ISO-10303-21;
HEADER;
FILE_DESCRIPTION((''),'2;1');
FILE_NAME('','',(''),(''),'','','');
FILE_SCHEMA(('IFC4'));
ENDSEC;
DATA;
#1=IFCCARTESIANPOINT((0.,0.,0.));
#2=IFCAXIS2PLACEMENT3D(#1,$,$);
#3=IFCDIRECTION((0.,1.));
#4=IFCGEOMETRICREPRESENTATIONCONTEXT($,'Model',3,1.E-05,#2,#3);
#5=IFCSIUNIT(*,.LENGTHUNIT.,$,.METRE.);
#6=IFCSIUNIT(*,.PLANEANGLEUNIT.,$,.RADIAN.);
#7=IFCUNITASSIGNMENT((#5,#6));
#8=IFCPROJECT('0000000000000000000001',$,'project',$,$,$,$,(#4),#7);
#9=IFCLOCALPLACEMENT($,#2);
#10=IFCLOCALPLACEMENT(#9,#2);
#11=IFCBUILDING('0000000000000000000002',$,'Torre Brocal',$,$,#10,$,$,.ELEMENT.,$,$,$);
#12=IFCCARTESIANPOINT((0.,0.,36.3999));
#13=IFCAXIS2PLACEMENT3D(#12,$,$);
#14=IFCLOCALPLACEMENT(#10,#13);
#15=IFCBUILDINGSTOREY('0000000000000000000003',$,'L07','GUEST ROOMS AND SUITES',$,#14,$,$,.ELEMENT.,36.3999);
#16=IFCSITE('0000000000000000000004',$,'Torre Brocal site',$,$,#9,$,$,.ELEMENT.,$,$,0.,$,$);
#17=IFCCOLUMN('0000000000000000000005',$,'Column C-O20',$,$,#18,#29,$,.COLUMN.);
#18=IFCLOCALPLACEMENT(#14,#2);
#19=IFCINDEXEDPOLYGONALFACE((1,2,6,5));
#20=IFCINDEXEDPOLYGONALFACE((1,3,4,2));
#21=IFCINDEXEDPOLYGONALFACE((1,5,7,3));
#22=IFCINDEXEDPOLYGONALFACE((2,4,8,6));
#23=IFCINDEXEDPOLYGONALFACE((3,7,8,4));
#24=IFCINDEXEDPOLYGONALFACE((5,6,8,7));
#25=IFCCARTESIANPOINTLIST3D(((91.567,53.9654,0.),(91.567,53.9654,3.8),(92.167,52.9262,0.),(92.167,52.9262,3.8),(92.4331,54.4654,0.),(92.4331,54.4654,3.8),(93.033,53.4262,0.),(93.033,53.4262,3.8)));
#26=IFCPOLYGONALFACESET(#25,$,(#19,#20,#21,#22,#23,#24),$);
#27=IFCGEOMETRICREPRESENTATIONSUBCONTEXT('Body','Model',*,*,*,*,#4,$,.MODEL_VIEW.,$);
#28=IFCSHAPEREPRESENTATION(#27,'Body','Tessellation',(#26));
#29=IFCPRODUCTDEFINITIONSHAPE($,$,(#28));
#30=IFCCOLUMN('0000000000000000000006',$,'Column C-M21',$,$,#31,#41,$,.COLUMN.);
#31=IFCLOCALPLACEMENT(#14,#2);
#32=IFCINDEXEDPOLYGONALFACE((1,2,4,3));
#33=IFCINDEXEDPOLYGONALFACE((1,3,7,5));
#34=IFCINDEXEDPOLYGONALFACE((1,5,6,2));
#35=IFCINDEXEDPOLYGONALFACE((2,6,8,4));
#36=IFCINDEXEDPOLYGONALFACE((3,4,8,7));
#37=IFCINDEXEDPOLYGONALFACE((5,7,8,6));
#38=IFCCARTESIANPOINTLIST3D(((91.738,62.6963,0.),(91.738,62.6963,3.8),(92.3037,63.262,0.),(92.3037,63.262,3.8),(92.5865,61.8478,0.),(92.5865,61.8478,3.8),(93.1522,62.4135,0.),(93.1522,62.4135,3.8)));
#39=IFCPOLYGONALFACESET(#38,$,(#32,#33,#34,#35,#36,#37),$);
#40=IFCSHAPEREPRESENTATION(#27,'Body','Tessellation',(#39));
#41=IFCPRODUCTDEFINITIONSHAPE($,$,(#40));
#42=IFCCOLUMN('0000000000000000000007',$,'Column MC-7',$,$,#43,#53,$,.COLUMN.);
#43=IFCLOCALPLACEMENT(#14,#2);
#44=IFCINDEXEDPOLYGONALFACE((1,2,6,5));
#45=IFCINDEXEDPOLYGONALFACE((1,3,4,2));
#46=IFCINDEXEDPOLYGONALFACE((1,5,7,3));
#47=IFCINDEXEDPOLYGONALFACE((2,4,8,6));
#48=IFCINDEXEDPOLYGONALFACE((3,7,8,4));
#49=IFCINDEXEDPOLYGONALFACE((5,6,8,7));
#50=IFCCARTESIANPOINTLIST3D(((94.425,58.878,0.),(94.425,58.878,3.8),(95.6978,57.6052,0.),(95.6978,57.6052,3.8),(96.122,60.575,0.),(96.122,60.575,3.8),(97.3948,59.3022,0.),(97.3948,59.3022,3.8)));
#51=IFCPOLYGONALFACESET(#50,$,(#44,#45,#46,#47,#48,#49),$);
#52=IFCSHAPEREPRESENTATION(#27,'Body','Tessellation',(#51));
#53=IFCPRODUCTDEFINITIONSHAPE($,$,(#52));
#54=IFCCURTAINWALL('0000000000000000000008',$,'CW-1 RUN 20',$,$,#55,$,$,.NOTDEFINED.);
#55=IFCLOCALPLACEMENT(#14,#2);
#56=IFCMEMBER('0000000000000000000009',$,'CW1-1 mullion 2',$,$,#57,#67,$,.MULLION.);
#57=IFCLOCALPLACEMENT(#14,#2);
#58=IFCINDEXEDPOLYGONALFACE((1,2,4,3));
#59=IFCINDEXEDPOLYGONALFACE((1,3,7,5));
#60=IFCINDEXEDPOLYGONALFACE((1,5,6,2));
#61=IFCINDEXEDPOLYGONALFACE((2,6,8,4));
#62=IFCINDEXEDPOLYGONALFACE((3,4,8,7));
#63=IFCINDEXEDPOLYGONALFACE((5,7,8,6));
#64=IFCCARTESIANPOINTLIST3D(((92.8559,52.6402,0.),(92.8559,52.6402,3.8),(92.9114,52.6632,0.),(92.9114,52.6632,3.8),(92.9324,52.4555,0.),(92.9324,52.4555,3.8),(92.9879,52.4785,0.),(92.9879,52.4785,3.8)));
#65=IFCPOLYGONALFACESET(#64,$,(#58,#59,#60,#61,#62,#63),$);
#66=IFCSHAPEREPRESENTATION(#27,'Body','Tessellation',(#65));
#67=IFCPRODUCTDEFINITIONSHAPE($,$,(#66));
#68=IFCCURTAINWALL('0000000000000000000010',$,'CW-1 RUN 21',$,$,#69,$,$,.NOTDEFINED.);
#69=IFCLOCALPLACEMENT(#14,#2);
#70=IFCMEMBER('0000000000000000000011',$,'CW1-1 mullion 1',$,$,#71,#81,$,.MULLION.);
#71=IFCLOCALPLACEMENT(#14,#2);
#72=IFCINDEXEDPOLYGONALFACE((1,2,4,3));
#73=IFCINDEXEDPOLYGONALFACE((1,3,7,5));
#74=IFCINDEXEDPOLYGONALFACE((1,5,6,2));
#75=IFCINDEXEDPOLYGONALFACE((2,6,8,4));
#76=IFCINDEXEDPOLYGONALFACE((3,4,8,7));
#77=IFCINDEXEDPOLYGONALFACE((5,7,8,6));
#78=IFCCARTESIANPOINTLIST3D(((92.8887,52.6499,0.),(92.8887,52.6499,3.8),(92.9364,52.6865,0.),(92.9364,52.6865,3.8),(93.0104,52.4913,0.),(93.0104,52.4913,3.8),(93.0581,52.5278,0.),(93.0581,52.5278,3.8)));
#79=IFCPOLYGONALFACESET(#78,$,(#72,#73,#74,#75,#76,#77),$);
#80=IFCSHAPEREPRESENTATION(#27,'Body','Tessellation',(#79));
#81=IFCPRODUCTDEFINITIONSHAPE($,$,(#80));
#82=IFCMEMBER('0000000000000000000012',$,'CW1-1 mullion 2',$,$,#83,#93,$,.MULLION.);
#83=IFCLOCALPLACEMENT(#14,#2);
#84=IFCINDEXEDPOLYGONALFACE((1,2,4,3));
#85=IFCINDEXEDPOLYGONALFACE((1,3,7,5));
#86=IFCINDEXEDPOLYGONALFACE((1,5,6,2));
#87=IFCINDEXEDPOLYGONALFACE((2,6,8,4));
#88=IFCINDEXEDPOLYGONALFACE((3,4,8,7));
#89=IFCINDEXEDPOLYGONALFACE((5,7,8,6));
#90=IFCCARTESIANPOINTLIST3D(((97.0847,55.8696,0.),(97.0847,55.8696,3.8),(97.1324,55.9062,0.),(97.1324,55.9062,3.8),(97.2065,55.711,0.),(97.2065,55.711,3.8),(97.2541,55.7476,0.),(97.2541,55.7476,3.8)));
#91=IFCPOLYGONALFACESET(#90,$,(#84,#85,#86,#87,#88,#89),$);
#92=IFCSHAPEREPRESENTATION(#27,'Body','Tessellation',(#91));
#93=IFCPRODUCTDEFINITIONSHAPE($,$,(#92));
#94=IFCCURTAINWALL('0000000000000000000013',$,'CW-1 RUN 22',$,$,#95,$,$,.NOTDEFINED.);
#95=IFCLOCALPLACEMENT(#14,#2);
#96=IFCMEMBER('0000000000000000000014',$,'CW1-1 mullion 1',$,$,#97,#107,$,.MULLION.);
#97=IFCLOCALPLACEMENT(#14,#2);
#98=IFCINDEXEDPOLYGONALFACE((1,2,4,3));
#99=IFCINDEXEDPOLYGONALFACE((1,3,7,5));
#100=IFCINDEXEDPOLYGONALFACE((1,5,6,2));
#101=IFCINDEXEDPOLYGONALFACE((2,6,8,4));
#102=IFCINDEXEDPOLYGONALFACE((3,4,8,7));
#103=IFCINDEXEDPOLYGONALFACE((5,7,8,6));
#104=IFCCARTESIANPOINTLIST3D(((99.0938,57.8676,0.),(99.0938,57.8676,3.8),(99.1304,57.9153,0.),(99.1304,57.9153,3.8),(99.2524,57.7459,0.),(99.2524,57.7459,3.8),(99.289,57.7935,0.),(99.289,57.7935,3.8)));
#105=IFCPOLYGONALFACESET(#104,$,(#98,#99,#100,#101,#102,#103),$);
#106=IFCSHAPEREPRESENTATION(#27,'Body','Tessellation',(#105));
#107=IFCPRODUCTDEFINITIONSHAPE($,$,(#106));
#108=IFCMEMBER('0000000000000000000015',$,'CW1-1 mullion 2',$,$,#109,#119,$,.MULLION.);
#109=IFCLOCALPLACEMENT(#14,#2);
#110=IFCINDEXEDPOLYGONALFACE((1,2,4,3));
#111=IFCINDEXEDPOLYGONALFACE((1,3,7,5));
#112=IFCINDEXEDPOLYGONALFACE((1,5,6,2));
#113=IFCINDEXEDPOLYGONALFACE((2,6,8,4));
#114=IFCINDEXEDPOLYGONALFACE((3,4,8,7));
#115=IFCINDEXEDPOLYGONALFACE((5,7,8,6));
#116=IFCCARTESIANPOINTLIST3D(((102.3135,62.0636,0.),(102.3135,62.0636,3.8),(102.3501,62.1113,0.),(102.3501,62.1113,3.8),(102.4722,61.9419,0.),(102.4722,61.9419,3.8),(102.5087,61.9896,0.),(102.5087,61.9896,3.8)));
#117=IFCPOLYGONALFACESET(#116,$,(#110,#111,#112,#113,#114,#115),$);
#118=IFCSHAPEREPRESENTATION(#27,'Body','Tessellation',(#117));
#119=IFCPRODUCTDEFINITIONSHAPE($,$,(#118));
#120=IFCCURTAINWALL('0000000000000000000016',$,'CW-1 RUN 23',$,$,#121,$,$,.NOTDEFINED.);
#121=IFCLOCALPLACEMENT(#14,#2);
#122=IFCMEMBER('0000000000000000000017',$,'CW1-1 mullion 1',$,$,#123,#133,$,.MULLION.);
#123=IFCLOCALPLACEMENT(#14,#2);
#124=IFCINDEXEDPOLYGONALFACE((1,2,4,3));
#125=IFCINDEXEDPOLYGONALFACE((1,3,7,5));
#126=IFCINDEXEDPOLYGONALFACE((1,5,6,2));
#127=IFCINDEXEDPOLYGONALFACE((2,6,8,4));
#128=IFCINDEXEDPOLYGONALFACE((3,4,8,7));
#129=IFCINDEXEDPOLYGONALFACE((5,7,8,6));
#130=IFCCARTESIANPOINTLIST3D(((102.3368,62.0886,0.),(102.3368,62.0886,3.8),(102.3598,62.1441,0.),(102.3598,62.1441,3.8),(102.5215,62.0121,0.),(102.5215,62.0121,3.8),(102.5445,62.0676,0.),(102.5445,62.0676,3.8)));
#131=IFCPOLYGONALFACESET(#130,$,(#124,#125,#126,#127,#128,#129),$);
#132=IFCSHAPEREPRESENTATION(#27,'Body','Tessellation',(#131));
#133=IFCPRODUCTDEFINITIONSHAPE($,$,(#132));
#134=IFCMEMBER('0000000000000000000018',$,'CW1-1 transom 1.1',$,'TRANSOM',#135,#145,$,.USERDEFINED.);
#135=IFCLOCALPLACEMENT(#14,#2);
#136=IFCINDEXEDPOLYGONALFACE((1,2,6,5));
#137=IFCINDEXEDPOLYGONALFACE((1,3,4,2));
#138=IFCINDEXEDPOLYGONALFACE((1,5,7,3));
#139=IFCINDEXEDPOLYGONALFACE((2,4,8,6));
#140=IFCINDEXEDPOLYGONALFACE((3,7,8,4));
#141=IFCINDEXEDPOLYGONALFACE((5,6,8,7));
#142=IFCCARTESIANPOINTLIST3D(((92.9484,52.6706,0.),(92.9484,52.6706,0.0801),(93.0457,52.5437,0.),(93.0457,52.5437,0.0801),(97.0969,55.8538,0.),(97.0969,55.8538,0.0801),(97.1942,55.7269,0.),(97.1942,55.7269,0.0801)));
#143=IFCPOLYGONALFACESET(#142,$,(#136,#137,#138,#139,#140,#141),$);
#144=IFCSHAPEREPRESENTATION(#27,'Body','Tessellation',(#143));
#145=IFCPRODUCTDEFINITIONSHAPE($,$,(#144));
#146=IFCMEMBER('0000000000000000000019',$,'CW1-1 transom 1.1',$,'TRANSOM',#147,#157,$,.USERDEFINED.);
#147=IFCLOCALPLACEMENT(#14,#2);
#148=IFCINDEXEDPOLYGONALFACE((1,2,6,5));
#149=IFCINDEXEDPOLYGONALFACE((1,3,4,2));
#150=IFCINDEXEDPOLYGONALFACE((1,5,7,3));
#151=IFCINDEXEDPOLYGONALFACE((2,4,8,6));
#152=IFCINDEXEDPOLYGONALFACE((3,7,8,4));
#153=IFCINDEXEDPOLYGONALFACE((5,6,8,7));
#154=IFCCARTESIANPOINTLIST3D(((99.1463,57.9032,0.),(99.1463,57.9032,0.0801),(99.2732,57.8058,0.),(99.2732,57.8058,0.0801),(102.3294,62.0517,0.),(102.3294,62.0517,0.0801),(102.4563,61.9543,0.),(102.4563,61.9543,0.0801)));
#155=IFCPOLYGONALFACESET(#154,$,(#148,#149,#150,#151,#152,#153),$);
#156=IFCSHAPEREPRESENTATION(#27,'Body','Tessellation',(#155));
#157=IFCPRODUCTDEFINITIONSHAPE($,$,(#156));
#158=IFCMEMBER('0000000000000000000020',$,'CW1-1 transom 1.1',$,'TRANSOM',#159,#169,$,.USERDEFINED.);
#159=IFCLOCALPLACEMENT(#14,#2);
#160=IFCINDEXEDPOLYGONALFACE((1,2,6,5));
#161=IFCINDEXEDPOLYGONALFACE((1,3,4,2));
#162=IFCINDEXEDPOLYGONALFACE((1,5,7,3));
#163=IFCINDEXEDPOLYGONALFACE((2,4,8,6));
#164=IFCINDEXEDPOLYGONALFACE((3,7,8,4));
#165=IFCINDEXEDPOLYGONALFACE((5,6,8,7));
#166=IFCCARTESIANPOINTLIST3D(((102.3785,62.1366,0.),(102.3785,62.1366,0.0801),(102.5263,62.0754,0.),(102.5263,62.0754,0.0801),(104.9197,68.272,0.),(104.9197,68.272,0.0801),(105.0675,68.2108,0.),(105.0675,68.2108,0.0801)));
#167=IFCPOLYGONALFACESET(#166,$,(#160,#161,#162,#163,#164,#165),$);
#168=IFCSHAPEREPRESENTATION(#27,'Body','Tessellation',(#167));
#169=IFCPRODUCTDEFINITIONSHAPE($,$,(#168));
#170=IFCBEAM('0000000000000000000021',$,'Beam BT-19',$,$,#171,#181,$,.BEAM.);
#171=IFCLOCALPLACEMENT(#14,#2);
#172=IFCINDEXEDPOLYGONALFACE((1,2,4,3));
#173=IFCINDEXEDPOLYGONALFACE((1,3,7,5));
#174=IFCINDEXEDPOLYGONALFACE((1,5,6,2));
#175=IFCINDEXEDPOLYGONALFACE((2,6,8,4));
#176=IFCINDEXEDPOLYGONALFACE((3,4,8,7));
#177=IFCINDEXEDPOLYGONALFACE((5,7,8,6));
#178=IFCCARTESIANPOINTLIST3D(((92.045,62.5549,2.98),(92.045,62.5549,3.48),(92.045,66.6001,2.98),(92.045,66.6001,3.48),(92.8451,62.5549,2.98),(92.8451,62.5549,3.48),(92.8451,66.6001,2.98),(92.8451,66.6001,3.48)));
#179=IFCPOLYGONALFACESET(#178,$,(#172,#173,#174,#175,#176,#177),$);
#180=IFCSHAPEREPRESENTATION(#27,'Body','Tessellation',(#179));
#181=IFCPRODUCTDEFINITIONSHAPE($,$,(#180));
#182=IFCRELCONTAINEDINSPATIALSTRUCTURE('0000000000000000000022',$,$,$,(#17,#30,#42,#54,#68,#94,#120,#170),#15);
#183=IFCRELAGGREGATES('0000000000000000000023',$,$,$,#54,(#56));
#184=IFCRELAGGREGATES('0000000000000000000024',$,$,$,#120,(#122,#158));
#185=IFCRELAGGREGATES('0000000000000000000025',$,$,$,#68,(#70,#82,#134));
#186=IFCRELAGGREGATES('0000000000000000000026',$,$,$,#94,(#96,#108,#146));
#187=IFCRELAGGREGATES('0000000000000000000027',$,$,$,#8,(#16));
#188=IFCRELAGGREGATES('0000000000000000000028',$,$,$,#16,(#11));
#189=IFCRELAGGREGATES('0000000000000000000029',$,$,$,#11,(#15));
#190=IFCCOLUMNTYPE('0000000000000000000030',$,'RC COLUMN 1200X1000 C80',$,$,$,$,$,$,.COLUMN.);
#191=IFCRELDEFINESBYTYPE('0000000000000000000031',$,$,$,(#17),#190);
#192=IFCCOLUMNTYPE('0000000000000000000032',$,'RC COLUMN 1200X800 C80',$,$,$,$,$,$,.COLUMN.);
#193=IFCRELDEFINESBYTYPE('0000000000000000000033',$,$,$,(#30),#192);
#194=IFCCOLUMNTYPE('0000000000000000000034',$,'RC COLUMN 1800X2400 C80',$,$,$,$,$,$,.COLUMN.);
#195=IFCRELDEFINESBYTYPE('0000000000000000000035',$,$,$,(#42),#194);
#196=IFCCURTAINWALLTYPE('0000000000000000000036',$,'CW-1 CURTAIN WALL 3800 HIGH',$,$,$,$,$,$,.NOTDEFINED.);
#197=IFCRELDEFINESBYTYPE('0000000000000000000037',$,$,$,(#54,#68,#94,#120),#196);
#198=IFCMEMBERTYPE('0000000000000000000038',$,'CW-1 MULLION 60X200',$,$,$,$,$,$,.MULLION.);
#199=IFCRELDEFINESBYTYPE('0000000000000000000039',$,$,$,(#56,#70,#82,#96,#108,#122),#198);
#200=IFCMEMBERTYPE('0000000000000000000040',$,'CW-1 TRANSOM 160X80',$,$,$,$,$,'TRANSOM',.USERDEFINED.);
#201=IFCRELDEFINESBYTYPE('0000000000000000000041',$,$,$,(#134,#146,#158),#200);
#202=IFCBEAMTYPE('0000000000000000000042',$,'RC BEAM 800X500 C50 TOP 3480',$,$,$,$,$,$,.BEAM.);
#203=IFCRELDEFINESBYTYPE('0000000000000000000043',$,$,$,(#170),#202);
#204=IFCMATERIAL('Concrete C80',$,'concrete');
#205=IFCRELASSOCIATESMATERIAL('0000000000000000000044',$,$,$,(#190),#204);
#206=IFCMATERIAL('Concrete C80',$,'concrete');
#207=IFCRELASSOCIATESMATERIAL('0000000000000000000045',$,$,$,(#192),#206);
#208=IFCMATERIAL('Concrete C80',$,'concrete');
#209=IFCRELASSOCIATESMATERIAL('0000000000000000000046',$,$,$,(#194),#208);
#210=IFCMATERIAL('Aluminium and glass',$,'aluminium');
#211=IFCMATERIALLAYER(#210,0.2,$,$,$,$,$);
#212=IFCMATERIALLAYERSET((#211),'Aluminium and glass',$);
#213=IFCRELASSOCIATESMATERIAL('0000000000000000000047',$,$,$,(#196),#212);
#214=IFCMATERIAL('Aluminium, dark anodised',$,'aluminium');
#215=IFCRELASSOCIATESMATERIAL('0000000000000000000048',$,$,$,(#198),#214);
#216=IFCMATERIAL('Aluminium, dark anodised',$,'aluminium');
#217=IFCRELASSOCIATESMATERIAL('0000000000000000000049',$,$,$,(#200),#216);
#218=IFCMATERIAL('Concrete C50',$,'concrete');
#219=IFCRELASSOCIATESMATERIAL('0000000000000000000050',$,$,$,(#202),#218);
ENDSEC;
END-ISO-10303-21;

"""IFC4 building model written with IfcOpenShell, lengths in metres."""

from ifc_helpers import new_model, si_unit, direction, frame, origin, origin_2d, place, context, subcontext, project, spatial, rectangle, extrude, material, layer, layer_set, material_profile, profile_set, type_object, element, aggregate, save


model = new_model("IFC4")

# Units and contexts
model_context = context("Model", 3, precision=1e-05, world=origin(), true_north=direction((0.0, 1.0)))
body_context = subcontext(model_context, "Body", "Model", "MODEL_VIEW")
ifc_project = project(units=[si_unit("LENGTHUNIT", "METRE"), si_unit("PLANEANGLEUNIT", "RADIAN")], contexts=[model_context])

# Site, building, storey
site_placement = place(None, origin())
site = spatial("IfcSite", under=ifc_project, at=site_placement, Name="Torre Brocal site", CompositionType="ELEMENT", RefElevation=0.0)
building_placement = place(site_placement, origin())
building = spatial("IfcBuilding", under=site, at=building_placement, Name="Torre Brocal", CompositionType="ELEMENT")
storey_placement = place(building_placement, frame((0.0, 0.0, 36.3999)))
storey = spatial("IfcBuildingStorey", under=building, at=storey_placement, Name="L07", Description="GUEST ROOMS AND SUITES", CompositionType="ELEMENT", Elevation=36.3999)

# Columns
ifc_material_1 = material(Name="Concrete C80", Category="concrete")
ifc_material_profile_1 = material_profile(ifc_material_1, rectangle(XDim=1.2, YDim=1.0, at=origin_2d()), Name="RC 1200X1000")
ifc_profile_set_1 = profile_set([ifc_material_profile_1], Name="Concrete C80")
column_type_1 = type_object("IfcColumnType", Name="RC COLUMN 1200X1000 C80", PredefinedType="COLUMN", material=ifc_profile_set_1)
column_1_placement = place(storey_placement, frame((92.3, 53.6958, 0.0), z_axis=(0.0, 0.0, 1.0), x_axis=(0.5, -0.866025, 0.0)))
element("IfcColumn", 1, at=column_1_placement, inside=storey, type_object=column_type_1, Name="Column C-O20", PredefinedType="COLUMN", context=body_context, shape_type="SweptSolid", body=[
    extrude(rectangle(XDim=1.2, YDim=1.0, at=origin_2d()), origin(), (0.0, 0.0, 1.0), 3.8),
])
ifc_material_2 = material(Name="Concrete C80", Category="concrete")
ifc_material_profile_2 = material_profile(ifc_material_2, rectangle(XDim=1.2, YDim=0.8, at=origin_2d()), Name="RC 1200X800")
ifc_profile_set_2 = profile_set([ifc_material_profile_2], Name="Concrete C80")
column_type_2 = type_object("IfcColumnType", Name="RC COLUMN 1200X800 C80", PredefinedType="COLUMN", material=ifc_profile_set_2)
column_2_placement = place(storey_placement, frame((92.4451, 62.5549, 0.0), z_axis=(0.0, 0.0, 1.0), x_axis=(0.707107, -0.707107, 0.0)))
element("IfcColumn", 2, at=column_2_placement, inside=storey, type_object=column_type_2, Name="Column C-M21", PredefinedType="COLUMN", context=body_context, shape_type="SweptSolid", body=[
    extrude(rectangle(XDim=1.2, YDim=0.8, at=origin_2d()), origin(), (0.0, 0.0, 1.0), 3.8),
])
ifc_material_3 = material(Name="Concrete C80", Category="concrete")
ifc_material_profile_3 = material_profile(ifc_material_3, rectangle(XDim=1.8, YDim=2.3999, at=origin_2d()), Name="RC 1800X2400")
ifc_profile_set_3 = profile_set([ifc_material_profile_3], Name="Concrete C80")
column_type_3 = type_object("IfcColumnType", Name="RC COLUMN 1800X2400 C80", PredefinedType="COLUMN", material=ifc_profile_set_3)
column_3_placement = place(storey_placement, frame((95.9099, 59.0901, 0.0), z_axis=(0.0, 0.0, 1.0), x_axis=(0.707107, -0.707107, 0.0)))
element("IfcColumn", 3, at=column_3_placement, inside=storey, type_object=column_type_3, Name="Column MC-7", PredefinedType="COLUMN", context=body_context, shape_type="SweptSolid", body=[
    extrude(rectangle(XDim=1.8, YDim=2.3999, at=origin_2d()), origin(), (0.0, 0.0, 1.0), 3.8),
])

# Curtain wall, member
ifc_material_4 = material(Name="Aluminium and glass", Category="aluminium")
ifc_layer_1 = layer(ifc_material_4, 0.2)
ifc_layer_set_1 = layer_set([ifc_layer_1], Name="Aluminium and glass")
curtain_wall_type = type_object("IfcCurtainWallType", Name="CW-1 CURTAIN WALL 3800 HIGH", PredefinedType="NOTDEFINED", material=ifc_layer_set_1)
curtain_wall_1_placement = place(storey_placement, origin())
curtain_wall_1 = element("IfcCurtainWall", 4, at=curtain_wall_1_placement, inside=storey, type_object=curtain_wall_type, Name="CW-1 RUN 20", PredefinedType="NOTDEFINED")
ifc_material_5 = material(Name="Aluminium, dark anodised", Category="aluminium")
ifc_material_profile_4 = material_profile(ifc_material_5, rectangle(XDim=0.2, YDim=0.0601, at=origin_2d()), Name="CW-1 MULLION 60X200")
ifc_profile_set_4 = profile_set([ifc_material_profile_4], Name="Aluminium, dark anodised")
member_type_1 = type_object("IfcMemberType", Name="CW-1 MULLION 60X200", PredefinedType="MULLION", material=ifc_profile_set_4)
member_1_placement = place(storey_placement, frame((92.9219, 52.5593, 0.0), z_axis=(0.0, 0.0, 1.0), x_axis=(-0.382683, 0.92388, 0.0)))
member_1 = element("IfcMember", 5, at=member_1_placement, type_object=member_type_1, Name="CW1-1 mullion 2", PredefinedType="MULLION", context=body_context, shape_type="SweptSolid", body=[
    extrude(rectangle(XDim=0.2, YDim=0.0601, at=origin_2d()), origin(), (0.0, 0.0, 1.0), 3.8),
])
aggregate(curtain_wall_1, [member_1])

# Curtain walls, members
curtain_wall_2_placement = place(storey_placement, origin())
curtain_wall_2 = element("IfcCurtainWall", 6, at=curtain_wall_2_placement, inside=storey, type_object=curtain_wall_type, Name="CW-1 RUN 21", PredefinedType="NOTDEFINED")
member_2_placement = place(storey_placement, frame((92.9734, 52.5889, 0.0), z_axis=(0.0, 0.0, 1.0), x_axis=(-0.608761, 0.793353, 0.0)))
member_2 = element("IfcMember", 7, at=member_2_placement, type_object=member_type_1, Name="CW1-1 mullion 1", PredefinedType="MULLION", context=body_context, shape_type="SweptSolid", body=[
    extrude(rectangle(XDim=0.2, YDim=0.0601, at=origin_2d()), origin(), (0.0, 0.0, 1.0), 3.8),
])
member_3_placement = place(storey_placement, frame((97.1694, 55.8086, 0.0), z_axis=(0.0, 0.0, 1.0), x_axis=(-0.608761, 0.793353, 0.0)))
member_3 = element("IfcMember", 8, at=member_3_placement, type_object=member_type_1, Name="CW1-1 mullion 2", PredefinedType="MULLION", context=body_context, shape_type="SweptSolid", body=[
    extrude(rectangle(XDim=0.2, YDim=0.0601, at=origin_2d()), origin(), (0.0, 0.0, 1.0), 3.8),
])
curtain_wall_3_placement = place(storey_placement, origin())
curtain_wall_3 = element("IfcCurtainWall", 9, at=curtain_wall_3_placement, inside=storey, type_object=curtain_wall_type, Name="CW-1 RUN 22", PredefinedType="NOTDEFINED")
member_4_placement = place(storey_placement, frame((99.1914, 57.8306, 0.0), z_axis=(0.0, 0.0, 1.0), x_axis=(-0.793353, 0.608761, 0.0)))
member_4 = element("IfcMember", 10, at=member_4_placement, type_object=member_type_1, Name="CW1-1 mullion 1", PredefinedType="MULLION", context=body_context, shape_type="SweptSolid", body=[
    extrude(rectangle(XDim=0.2, YDim=0.0601, at=origin_2d()), origin(), (0.0, 0.0, 1.0), 3.8),
])
member_5_placement = place(storey_placement, frame((102.4111, 62.0266, 0.0), z_axis=(0.0, 0.0, 1.0), x_axis=(-0.793353, 0.608761, 0.0)))
member_5 = element("IfcMember", 11, at=member_5_placement, type_object=member_type_1, Name="CW1-1 mullion 2", PredefinedType="MULLION", context=body_context, shape_type="SweptSolid", body=[
    extrude(rectangle(XDim=0.2, YDim=0.0601, at=origin_2d()), origin(), (0.0, 0.0, 1.0), 3.8),
])

# Curtain wall, member
curtain_wall_4_placement = place(storey_placement, origin())
curtain_wall_4 = element("IfcCurtainWall", 12, at=curtain_wall_4_placement, inside=storey, type_object=curtain_wall_type, Name="CW-1 RUN 23", PredefinedType="NOTDEFINED")
member_6_placement = place(storey_placement, frame((102.4407, 62.0781, 0.0), z_axis=(0.0, 0.0, 1.0), x_axis=(-0.92388, 0.382683, 0.0)))
member_6 = element("IfcMember", 13, at=member_6_placement, type_object=member_type_1, Name="CW1-1 mullion 1", PredefinedType="MULLION", context=body_context, shape_type="SweptSolid", body=[
    extrude(rectangle(XDim=0.2, YDim=0.0601, at=origin_2d()), origin(), (0.0, 0.0, 1.0), 3.8),
])

# Members
ifc_material_6 = material(Name="Aluminium, dark anodised", Category="aluminium")
ifc_material_profile_5 = material_profile(ifc_material_6, rectangle(XDim=0.1599, YDim=0.0801, at=origin_2d()), Name="CW-1 TRANSOM 160X80")
ifc_profile_set_5 = profile_set([ifc_material_profile_5], Name="Aluminium, dark anodised")
member_type_2 = type_object("IfcMemberType", Name="CW-1 TRANSOM 160X80", ElementType="TRANSOM", PredefinedType="USERDEFINED", material=ifc_profile_set_5)
member_7_placement = place(storey_placement, frame((92.9971, 52.6072, 0.04), z_axis=(0.793363, 0.608749, 0.0), x_axis=(-0.608749, 0.793363, 0.0)))
member_7 = element("IfcMember", 14, at=member_7_placement, type_object=member_type_2, Name="CW1-1 transom 1.1", ObjectType="TRANSOM", PredefinedType="USERDEFINED", context=body_context, shape_type="SweptSolid", body=[
    extrude(rectangle(XDim=0.1599, YDim=0.0801, at=origin_2d()), origin(), (0.0, 0.0, 1.0), 5.229),
])
member_8_placement = place(storey_placement, frame((99.2097, 57.8545, 0.04), z_axis=(0.608749, 0.793363, 0.0), x_axis=(-0.793363, 0.608749, 0.0)))
member_8 = element("IfcMember", 15, at=member_8_placement, type_object=member_type_2, Name="CW1-1 transom 1.1", ObjectType="TRANSOM", PredefinedType="USERDEFINED", context=body_context, shape_type="SweptSolid", body=[
    extrude(rectangle(XDim=0.1599, YDim=0.0801, at=origin_2d()), origin(), (0.0, 0.0, 1.0), 5.229),
])
member_9_placement = place(storey_placement, frame((102.4524, 62.106, 0.04), z_axis=(0.382665, 0.923887, 0.0), x_axis=(-0.923887, 0.382665, 0.0)))
member_9 = element("IfcMember", 16, at=member_9_placement, type_object=member_type_2, Name="CW1-1 transom 1.1", ObjectType="TRANSOM", PredefinedType="USERDEFINED", context=body_context, shape_type="SweptSolid", body=[
    extrude(rectangle(XDim=0.1599, YDim=0.0801, at=origin_2d()), origin(), (0.0, 0.0, 1.0), 6.6409),
])
aggregate(curtain_wall_4, [member_6, member_9])

# Beam
ifc_material_7 = material(Name="Concrete C50", Category="concrete")
ifc_material_profile_6 = material_profile(ifc_material_7, rectangle(XDim=0.8, YDim=0.5, at=origin_2d()), Name="RC 800X500")
ifc_profile_set_6 = profile_set([ifc_material_profile_6], Name="Concrete C50")
beam_type_1 = type_object("IfcBeamType", Name="RC BEAM 800X500 C50 TOP 3480", PredefinedType="BEAM", material=ifc_profile_set_6)
beam_placement = place(storey_placement, frame((92.4451, 62.5549, 3.23), z_axis=(0.0, 1.0, 0.0), x_axis=(-1.0, 0.0, 0.0)))
element("IfcBeam", 17, at=beam_placement, inside=storey, type_object=beam_type_1, Name="Beam BT-19", PredefinedType="BEAM", context=body_context, shape_type="SweptSolid", body=[
    extrude(rectangle(XDim=0.8, YDim=0.5, at=origin_2d()), origin(), (0.0, 0.0, 1.0), 4.0452),
])

aggregate(curtain_wall_2, [member_2, member_3, member_7])
aggregate(curtain_wall_3, [member_4, member_5, member_8])

save(model, "model.ifc")
